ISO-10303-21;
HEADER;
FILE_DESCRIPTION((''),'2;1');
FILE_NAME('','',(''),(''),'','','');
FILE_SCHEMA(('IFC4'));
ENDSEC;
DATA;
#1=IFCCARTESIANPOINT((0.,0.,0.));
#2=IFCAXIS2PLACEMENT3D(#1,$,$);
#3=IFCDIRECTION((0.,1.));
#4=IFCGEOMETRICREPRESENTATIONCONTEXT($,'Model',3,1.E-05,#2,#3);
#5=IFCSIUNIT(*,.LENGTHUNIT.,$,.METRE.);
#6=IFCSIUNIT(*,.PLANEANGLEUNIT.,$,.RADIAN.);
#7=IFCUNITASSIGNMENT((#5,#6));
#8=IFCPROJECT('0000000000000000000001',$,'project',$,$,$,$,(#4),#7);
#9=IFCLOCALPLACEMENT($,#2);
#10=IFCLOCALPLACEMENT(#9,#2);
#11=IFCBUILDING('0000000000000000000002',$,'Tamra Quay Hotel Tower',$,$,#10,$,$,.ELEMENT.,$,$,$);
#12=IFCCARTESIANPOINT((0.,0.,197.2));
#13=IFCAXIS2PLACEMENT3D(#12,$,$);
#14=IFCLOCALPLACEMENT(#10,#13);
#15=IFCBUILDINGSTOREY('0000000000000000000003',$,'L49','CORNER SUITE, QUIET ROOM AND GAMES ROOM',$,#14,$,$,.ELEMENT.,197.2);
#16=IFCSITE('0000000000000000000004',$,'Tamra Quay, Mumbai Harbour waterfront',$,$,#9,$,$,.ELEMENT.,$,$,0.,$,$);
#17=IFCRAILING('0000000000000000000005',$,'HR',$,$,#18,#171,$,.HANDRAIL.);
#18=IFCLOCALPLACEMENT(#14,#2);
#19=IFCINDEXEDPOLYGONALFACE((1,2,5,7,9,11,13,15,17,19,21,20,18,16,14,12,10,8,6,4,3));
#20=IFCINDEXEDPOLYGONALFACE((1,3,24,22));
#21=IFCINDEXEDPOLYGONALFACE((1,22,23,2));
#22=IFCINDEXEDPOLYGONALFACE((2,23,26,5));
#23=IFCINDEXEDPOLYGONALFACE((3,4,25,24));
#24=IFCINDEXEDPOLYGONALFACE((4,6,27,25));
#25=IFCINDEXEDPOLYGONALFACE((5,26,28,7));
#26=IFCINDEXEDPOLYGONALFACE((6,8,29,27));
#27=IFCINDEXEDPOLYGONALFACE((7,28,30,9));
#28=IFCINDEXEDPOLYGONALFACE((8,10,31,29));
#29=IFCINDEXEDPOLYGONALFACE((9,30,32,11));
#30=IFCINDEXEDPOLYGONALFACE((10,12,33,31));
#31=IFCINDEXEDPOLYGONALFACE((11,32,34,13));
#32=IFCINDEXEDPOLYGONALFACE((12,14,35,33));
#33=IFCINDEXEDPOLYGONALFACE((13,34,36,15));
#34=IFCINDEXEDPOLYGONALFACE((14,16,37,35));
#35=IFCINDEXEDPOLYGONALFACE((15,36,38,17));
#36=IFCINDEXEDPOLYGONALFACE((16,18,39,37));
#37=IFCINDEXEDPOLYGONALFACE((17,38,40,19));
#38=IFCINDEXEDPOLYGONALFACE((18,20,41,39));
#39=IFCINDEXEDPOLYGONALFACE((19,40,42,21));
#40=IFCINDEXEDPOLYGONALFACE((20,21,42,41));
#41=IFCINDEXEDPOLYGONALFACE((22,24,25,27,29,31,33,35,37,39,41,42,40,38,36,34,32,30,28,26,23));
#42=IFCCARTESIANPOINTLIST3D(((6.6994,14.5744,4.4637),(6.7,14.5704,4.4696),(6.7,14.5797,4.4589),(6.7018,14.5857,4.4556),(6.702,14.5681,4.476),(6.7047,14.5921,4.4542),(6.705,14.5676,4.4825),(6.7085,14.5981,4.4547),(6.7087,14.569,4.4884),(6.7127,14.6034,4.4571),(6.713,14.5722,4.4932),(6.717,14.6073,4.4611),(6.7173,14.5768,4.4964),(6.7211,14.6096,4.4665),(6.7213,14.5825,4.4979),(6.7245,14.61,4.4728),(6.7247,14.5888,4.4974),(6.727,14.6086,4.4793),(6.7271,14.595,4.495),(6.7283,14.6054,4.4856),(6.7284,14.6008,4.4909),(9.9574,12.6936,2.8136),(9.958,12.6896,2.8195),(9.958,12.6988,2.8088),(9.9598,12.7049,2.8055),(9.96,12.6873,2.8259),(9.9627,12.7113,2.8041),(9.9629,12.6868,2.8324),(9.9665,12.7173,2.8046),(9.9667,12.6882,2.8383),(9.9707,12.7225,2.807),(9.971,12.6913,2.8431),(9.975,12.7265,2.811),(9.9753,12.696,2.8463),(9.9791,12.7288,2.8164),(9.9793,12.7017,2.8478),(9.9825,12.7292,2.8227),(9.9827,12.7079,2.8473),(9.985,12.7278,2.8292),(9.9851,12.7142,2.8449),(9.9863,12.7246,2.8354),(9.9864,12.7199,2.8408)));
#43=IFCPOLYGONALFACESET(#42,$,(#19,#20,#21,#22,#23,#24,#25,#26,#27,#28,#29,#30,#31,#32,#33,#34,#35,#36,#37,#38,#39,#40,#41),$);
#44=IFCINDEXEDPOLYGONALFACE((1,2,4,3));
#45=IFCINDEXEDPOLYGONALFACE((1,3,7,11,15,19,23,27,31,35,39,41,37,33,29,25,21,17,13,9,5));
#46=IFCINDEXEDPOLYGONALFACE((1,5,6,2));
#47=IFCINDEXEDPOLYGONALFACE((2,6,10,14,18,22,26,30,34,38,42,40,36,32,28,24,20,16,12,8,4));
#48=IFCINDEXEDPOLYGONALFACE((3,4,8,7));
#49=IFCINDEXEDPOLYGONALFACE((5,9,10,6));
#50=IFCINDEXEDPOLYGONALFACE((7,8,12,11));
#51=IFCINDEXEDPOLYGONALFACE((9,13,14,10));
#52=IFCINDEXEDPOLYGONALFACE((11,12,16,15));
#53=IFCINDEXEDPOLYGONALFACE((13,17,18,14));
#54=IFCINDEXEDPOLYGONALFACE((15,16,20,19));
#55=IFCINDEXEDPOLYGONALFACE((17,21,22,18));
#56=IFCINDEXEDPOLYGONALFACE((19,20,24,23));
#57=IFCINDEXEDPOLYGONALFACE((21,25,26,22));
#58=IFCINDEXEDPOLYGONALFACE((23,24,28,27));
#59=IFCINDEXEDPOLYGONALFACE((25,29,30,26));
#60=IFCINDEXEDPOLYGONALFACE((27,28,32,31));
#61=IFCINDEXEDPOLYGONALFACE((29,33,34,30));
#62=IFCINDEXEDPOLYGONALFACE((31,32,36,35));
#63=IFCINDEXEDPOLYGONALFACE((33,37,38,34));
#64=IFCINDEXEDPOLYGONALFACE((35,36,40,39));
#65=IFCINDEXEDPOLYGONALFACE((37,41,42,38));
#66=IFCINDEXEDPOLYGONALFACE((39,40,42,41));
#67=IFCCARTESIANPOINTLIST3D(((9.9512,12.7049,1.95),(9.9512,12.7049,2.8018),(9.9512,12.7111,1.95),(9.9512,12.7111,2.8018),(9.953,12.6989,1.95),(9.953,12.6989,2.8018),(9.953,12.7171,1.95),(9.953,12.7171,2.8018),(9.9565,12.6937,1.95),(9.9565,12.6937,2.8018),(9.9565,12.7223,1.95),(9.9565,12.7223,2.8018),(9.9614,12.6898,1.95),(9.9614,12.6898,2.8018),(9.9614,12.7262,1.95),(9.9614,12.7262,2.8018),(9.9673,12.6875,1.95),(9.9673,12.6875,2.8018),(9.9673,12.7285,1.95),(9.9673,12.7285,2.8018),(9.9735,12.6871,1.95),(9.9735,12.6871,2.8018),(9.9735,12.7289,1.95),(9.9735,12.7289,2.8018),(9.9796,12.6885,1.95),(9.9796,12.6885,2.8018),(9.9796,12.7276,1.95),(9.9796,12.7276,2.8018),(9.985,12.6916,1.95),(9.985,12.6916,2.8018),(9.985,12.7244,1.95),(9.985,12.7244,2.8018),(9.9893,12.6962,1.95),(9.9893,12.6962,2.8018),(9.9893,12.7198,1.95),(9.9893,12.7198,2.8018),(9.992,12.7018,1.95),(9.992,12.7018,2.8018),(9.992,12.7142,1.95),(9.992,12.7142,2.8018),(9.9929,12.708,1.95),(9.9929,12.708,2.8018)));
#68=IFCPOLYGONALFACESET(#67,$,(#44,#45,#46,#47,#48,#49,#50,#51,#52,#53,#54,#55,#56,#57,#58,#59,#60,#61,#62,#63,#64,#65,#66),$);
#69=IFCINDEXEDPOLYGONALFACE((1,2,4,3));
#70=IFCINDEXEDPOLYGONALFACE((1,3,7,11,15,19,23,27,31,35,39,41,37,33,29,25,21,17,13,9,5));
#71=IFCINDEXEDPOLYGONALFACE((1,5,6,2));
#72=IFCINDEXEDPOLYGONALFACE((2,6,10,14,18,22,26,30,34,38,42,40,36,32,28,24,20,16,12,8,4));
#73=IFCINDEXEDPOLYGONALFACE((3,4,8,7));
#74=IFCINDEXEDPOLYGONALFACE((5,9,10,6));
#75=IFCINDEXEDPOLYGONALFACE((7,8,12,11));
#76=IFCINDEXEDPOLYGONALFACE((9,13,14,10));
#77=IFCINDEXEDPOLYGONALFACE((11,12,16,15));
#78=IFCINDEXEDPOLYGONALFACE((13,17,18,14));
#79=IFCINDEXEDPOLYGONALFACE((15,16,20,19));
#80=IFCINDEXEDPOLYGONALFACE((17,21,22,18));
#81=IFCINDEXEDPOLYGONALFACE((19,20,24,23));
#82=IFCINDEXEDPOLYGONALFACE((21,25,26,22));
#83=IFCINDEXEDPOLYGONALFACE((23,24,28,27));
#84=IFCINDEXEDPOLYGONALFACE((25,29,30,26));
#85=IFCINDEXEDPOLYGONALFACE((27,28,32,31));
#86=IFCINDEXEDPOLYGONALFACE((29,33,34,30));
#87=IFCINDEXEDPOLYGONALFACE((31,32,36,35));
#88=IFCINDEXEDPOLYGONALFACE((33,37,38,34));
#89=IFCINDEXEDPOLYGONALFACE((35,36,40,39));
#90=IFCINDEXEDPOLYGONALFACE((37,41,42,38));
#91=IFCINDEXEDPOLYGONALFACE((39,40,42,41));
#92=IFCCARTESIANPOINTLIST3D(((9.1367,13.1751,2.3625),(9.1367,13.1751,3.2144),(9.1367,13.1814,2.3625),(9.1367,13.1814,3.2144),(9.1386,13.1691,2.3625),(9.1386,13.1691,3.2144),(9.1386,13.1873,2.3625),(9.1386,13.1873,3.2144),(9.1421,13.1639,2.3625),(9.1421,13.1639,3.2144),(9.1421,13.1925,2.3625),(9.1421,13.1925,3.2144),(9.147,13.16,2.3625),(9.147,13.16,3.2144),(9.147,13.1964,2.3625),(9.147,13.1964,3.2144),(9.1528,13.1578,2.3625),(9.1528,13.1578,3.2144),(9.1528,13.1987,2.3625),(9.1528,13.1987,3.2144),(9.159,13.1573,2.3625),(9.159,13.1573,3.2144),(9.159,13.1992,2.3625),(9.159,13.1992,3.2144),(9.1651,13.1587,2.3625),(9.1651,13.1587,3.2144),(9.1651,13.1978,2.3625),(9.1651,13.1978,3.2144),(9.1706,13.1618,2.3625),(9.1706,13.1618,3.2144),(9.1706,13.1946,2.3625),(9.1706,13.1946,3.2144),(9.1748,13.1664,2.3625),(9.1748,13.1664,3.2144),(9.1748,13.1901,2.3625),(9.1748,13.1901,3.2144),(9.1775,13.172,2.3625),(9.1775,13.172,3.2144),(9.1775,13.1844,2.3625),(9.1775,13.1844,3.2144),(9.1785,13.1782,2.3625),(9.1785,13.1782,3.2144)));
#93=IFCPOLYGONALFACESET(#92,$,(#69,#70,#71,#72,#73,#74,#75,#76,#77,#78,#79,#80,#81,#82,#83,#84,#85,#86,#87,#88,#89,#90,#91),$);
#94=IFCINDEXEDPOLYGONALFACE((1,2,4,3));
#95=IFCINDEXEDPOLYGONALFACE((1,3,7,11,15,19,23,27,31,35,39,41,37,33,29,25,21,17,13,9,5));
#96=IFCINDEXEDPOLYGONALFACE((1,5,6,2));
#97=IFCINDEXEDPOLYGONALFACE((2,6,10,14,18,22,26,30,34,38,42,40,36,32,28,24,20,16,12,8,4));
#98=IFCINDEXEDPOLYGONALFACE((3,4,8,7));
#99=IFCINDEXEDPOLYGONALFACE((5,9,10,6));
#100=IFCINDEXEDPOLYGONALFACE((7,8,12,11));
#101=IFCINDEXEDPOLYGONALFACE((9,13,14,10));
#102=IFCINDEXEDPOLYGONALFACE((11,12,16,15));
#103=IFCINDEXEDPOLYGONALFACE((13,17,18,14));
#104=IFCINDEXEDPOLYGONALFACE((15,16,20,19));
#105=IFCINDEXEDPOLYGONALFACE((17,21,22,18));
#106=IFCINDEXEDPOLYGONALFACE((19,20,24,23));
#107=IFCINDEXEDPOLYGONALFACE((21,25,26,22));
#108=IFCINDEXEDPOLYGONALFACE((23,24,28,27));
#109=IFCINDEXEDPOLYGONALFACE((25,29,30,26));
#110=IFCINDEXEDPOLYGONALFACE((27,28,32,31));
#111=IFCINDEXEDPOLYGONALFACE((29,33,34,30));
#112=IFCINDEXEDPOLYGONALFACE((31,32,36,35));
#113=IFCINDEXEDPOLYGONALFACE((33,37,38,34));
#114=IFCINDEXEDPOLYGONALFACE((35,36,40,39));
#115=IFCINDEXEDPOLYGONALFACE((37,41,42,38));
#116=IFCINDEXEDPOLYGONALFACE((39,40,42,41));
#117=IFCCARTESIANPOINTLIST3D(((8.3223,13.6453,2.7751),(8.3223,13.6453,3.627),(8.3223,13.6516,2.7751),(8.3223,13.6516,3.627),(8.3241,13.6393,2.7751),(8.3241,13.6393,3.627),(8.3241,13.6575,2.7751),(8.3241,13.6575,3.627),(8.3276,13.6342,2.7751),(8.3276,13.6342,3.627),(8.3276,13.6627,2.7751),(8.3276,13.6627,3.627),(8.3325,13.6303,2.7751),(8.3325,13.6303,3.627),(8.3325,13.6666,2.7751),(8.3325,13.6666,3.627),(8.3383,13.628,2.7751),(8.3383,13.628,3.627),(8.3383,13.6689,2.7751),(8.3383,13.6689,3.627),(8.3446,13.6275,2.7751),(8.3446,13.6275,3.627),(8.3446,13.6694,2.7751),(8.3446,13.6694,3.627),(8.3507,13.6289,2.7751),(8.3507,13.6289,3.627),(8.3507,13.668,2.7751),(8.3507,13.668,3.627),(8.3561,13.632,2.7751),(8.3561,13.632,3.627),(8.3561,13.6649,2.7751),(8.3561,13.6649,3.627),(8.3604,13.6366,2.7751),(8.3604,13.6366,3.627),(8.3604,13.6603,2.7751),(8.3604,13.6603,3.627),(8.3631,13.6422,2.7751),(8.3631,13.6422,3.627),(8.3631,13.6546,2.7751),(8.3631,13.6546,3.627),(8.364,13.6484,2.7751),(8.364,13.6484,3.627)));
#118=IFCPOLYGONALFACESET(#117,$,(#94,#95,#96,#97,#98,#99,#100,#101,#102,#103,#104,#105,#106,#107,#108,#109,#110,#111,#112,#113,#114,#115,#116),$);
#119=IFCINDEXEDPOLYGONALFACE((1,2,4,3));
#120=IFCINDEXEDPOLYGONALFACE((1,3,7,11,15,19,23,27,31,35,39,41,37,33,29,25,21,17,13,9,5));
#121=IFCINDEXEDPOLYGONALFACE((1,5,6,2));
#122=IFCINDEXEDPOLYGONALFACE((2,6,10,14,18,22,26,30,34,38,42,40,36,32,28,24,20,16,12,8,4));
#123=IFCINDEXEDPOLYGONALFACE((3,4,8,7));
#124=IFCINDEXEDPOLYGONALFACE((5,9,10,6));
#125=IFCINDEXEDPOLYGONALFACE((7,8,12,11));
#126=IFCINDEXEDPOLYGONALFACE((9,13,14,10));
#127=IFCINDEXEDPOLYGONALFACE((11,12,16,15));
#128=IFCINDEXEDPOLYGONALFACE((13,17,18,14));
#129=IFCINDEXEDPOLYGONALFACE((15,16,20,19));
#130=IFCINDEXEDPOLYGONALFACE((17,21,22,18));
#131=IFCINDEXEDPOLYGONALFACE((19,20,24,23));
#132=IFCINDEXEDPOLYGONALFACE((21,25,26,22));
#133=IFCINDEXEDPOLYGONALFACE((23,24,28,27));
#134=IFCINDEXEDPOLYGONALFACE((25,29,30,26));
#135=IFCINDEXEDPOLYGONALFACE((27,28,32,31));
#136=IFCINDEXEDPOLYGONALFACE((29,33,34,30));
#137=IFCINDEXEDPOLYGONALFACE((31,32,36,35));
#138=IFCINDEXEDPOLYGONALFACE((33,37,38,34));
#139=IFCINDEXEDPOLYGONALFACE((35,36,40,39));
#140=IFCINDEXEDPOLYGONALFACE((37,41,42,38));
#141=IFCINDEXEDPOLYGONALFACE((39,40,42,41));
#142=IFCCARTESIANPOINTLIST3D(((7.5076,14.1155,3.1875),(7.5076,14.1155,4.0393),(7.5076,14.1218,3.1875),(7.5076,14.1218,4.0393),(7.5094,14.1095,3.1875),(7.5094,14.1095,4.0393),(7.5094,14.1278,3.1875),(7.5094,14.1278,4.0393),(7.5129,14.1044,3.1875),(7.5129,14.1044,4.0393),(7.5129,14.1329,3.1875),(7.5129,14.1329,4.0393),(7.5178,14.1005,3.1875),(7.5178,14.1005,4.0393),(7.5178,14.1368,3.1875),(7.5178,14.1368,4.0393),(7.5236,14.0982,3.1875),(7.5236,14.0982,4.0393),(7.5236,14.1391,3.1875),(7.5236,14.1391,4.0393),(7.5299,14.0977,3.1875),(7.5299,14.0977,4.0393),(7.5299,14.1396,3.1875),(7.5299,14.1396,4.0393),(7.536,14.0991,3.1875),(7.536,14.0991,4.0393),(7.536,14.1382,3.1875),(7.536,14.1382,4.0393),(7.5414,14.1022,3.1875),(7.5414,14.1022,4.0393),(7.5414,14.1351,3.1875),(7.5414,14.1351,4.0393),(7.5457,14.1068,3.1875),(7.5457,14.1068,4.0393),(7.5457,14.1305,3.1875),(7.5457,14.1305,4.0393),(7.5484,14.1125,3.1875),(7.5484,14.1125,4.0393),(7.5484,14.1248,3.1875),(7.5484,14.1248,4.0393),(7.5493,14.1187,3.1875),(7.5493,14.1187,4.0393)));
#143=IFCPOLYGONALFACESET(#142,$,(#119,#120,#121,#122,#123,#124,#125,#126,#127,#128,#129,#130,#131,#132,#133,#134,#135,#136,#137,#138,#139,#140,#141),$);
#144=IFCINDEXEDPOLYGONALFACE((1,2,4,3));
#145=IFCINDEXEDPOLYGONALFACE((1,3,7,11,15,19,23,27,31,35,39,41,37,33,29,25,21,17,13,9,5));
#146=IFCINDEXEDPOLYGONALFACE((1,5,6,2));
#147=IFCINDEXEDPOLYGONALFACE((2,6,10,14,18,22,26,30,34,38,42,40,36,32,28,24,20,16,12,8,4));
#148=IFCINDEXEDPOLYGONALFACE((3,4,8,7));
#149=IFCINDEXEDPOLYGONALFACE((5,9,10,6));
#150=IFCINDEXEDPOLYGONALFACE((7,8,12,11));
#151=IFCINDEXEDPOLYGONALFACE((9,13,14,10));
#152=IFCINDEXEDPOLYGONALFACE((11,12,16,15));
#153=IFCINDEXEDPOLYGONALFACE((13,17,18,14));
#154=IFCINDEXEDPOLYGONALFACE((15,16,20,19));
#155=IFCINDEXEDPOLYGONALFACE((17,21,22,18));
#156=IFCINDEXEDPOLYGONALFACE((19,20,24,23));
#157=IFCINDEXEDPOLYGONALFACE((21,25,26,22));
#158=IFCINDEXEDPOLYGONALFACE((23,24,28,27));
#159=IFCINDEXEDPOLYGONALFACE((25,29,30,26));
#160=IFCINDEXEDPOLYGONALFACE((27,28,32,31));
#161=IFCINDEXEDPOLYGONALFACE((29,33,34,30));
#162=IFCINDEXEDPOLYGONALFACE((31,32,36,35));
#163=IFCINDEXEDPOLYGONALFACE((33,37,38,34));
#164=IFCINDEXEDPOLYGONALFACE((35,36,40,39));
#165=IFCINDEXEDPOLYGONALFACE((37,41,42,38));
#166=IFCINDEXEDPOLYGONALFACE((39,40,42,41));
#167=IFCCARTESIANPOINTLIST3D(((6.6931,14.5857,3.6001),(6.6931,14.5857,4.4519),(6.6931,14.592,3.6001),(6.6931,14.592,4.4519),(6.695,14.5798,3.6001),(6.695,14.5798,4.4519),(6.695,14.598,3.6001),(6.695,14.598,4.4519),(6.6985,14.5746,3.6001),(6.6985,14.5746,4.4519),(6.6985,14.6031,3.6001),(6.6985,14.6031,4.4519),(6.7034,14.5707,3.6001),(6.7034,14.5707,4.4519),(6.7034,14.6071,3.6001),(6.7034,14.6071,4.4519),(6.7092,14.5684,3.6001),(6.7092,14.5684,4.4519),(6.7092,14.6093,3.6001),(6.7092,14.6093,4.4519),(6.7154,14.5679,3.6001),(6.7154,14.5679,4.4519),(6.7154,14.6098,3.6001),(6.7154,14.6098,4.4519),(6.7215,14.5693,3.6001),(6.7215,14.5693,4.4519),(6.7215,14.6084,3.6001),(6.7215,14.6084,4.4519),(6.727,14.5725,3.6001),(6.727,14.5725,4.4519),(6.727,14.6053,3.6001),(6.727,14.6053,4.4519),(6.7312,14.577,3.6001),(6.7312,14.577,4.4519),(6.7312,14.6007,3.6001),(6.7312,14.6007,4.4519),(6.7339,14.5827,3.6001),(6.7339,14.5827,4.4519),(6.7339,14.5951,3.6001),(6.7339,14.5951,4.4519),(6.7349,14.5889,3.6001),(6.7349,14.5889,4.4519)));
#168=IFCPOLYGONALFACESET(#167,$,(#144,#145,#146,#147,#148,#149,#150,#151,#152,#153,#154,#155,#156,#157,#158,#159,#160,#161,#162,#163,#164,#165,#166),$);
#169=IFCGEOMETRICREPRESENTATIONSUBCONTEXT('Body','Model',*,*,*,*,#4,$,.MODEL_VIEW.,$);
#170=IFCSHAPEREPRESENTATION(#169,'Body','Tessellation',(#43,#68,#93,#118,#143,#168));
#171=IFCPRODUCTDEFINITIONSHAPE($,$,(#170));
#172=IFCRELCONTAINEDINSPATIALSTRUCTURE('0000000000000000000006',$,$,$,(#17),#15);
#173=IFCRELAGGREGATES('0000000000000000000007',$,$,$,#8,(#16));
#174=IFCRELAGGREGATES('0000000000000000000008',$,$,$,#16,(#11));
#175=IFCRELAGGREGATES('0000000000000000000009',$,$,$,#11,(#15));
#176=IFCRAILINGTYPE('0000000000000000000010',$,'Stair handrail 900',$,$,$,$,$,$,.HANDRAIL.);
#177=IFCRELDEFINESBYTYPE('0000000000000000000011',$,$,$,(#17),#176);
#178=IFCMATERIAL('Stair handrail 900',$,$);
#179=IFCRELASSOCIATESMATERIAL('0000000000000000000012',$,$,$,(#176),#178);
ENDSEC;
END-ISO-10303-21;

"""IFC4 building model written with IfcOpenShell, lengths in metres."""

from ifc_helpers import new_model, si_unit, direction, frame, origin, origin_2d, place, context, subcontext, project, spatial, circle, extrude, material, type_object, element, save


model = new_model("IFC4")

# Units and contexts
model_context = context("Model", 3, precision=1e-05, world=origin(), true_north=direction((0.0, 1.0)))
body_context = subcontext(model_context, "Body", "Model", "MODEL_VIEW")
ifc_project = project(units=[si_unit("LENGTHUNIT", "METRE"), si_unit("PLANEANGLEUNIT", "RADIAN")], contexts=[model_context])

# Site, building, storey
site_placement = place(None, origin())
site = spatial("IfcSite", under=ifc_project, at=site_placement, Name="Tamra Quay, Mumbai Harbour waterfront", CompositionType="ELEMENT", RefElevation=0.0)
building_placement = place(site_placement, origin())
building = spatial("IfcBuilding", under=site, at=building_placement, Name="Tamra Quay Hotel Tower", CompositionType="ELEMENT")
storey_placement = place(building_placement, frame((0.0, 0.0, 197.2)))
storey = spatial("IfcBuildingStorey", under=building, at=storey_placement, Name="L49", Description="CORNER SUITE, QUIET ROOM AND GAMES ROOM", CompositionType="ELEMENT", Elevation=197.2)

# Railing
ifc_material_1 = material(Name="Stair handrail 900")
railing_type_1 = type_object("IfcRailingType", Name="Stair handrail 900", PredefinedType="HANDRAIL", material=ifc_material_1)
railing_1_placement = place(storey_placement, frame((9.9719, 12.708, 1.95)))
element("IfcRailing", 1, at=railing_1_placement, inside=storey, type_object=railing_type_1, Name="HR", PredefinedType="HANDRAIL", context=body_context, shape_type="SweptSolid", body=[
    extrude(circle(Radius=0.0239, at=origin_2d()), frame((0.0, 0.0, 0.876), z_axis=(-0.793103, 0.457854, 0.401692), x_axis=(-0.499964, -0.866046, 0.0)), (0.0, 0.0, 1.0), 4.1079),
    extrude(circle(Radius=0.021, at=origin_2d()), origin(), (0.0, 0.0, 1.0), 0.8518),
    extrude(circle(Radius=0.021, at=origin_2d()), frame((-0.8145, 0.4702, 0.4126)), (0.0, 0.0, 1.0), 0.8518),
    extrude(circle(Radius=0.021, at=origin_2d()), frame((-1.6289, 0.9404, 0.8252)), (0.0, 0.0, 1.0), 0.8518),
    extrude(circle(Radius=0.021, at=origin_2d()), frame((-2.4436, 1.4106, 1.2375)), (0.0, 0.0, 1.0), 0.8518),
    extrude(circle(Radius=0.021, at=origin_2d()), frame((-3.2581, 1.8809, 1.6501)), (0.0, 0.0, 1.0), 0.8518),
])

save(model, "model.ifc")
